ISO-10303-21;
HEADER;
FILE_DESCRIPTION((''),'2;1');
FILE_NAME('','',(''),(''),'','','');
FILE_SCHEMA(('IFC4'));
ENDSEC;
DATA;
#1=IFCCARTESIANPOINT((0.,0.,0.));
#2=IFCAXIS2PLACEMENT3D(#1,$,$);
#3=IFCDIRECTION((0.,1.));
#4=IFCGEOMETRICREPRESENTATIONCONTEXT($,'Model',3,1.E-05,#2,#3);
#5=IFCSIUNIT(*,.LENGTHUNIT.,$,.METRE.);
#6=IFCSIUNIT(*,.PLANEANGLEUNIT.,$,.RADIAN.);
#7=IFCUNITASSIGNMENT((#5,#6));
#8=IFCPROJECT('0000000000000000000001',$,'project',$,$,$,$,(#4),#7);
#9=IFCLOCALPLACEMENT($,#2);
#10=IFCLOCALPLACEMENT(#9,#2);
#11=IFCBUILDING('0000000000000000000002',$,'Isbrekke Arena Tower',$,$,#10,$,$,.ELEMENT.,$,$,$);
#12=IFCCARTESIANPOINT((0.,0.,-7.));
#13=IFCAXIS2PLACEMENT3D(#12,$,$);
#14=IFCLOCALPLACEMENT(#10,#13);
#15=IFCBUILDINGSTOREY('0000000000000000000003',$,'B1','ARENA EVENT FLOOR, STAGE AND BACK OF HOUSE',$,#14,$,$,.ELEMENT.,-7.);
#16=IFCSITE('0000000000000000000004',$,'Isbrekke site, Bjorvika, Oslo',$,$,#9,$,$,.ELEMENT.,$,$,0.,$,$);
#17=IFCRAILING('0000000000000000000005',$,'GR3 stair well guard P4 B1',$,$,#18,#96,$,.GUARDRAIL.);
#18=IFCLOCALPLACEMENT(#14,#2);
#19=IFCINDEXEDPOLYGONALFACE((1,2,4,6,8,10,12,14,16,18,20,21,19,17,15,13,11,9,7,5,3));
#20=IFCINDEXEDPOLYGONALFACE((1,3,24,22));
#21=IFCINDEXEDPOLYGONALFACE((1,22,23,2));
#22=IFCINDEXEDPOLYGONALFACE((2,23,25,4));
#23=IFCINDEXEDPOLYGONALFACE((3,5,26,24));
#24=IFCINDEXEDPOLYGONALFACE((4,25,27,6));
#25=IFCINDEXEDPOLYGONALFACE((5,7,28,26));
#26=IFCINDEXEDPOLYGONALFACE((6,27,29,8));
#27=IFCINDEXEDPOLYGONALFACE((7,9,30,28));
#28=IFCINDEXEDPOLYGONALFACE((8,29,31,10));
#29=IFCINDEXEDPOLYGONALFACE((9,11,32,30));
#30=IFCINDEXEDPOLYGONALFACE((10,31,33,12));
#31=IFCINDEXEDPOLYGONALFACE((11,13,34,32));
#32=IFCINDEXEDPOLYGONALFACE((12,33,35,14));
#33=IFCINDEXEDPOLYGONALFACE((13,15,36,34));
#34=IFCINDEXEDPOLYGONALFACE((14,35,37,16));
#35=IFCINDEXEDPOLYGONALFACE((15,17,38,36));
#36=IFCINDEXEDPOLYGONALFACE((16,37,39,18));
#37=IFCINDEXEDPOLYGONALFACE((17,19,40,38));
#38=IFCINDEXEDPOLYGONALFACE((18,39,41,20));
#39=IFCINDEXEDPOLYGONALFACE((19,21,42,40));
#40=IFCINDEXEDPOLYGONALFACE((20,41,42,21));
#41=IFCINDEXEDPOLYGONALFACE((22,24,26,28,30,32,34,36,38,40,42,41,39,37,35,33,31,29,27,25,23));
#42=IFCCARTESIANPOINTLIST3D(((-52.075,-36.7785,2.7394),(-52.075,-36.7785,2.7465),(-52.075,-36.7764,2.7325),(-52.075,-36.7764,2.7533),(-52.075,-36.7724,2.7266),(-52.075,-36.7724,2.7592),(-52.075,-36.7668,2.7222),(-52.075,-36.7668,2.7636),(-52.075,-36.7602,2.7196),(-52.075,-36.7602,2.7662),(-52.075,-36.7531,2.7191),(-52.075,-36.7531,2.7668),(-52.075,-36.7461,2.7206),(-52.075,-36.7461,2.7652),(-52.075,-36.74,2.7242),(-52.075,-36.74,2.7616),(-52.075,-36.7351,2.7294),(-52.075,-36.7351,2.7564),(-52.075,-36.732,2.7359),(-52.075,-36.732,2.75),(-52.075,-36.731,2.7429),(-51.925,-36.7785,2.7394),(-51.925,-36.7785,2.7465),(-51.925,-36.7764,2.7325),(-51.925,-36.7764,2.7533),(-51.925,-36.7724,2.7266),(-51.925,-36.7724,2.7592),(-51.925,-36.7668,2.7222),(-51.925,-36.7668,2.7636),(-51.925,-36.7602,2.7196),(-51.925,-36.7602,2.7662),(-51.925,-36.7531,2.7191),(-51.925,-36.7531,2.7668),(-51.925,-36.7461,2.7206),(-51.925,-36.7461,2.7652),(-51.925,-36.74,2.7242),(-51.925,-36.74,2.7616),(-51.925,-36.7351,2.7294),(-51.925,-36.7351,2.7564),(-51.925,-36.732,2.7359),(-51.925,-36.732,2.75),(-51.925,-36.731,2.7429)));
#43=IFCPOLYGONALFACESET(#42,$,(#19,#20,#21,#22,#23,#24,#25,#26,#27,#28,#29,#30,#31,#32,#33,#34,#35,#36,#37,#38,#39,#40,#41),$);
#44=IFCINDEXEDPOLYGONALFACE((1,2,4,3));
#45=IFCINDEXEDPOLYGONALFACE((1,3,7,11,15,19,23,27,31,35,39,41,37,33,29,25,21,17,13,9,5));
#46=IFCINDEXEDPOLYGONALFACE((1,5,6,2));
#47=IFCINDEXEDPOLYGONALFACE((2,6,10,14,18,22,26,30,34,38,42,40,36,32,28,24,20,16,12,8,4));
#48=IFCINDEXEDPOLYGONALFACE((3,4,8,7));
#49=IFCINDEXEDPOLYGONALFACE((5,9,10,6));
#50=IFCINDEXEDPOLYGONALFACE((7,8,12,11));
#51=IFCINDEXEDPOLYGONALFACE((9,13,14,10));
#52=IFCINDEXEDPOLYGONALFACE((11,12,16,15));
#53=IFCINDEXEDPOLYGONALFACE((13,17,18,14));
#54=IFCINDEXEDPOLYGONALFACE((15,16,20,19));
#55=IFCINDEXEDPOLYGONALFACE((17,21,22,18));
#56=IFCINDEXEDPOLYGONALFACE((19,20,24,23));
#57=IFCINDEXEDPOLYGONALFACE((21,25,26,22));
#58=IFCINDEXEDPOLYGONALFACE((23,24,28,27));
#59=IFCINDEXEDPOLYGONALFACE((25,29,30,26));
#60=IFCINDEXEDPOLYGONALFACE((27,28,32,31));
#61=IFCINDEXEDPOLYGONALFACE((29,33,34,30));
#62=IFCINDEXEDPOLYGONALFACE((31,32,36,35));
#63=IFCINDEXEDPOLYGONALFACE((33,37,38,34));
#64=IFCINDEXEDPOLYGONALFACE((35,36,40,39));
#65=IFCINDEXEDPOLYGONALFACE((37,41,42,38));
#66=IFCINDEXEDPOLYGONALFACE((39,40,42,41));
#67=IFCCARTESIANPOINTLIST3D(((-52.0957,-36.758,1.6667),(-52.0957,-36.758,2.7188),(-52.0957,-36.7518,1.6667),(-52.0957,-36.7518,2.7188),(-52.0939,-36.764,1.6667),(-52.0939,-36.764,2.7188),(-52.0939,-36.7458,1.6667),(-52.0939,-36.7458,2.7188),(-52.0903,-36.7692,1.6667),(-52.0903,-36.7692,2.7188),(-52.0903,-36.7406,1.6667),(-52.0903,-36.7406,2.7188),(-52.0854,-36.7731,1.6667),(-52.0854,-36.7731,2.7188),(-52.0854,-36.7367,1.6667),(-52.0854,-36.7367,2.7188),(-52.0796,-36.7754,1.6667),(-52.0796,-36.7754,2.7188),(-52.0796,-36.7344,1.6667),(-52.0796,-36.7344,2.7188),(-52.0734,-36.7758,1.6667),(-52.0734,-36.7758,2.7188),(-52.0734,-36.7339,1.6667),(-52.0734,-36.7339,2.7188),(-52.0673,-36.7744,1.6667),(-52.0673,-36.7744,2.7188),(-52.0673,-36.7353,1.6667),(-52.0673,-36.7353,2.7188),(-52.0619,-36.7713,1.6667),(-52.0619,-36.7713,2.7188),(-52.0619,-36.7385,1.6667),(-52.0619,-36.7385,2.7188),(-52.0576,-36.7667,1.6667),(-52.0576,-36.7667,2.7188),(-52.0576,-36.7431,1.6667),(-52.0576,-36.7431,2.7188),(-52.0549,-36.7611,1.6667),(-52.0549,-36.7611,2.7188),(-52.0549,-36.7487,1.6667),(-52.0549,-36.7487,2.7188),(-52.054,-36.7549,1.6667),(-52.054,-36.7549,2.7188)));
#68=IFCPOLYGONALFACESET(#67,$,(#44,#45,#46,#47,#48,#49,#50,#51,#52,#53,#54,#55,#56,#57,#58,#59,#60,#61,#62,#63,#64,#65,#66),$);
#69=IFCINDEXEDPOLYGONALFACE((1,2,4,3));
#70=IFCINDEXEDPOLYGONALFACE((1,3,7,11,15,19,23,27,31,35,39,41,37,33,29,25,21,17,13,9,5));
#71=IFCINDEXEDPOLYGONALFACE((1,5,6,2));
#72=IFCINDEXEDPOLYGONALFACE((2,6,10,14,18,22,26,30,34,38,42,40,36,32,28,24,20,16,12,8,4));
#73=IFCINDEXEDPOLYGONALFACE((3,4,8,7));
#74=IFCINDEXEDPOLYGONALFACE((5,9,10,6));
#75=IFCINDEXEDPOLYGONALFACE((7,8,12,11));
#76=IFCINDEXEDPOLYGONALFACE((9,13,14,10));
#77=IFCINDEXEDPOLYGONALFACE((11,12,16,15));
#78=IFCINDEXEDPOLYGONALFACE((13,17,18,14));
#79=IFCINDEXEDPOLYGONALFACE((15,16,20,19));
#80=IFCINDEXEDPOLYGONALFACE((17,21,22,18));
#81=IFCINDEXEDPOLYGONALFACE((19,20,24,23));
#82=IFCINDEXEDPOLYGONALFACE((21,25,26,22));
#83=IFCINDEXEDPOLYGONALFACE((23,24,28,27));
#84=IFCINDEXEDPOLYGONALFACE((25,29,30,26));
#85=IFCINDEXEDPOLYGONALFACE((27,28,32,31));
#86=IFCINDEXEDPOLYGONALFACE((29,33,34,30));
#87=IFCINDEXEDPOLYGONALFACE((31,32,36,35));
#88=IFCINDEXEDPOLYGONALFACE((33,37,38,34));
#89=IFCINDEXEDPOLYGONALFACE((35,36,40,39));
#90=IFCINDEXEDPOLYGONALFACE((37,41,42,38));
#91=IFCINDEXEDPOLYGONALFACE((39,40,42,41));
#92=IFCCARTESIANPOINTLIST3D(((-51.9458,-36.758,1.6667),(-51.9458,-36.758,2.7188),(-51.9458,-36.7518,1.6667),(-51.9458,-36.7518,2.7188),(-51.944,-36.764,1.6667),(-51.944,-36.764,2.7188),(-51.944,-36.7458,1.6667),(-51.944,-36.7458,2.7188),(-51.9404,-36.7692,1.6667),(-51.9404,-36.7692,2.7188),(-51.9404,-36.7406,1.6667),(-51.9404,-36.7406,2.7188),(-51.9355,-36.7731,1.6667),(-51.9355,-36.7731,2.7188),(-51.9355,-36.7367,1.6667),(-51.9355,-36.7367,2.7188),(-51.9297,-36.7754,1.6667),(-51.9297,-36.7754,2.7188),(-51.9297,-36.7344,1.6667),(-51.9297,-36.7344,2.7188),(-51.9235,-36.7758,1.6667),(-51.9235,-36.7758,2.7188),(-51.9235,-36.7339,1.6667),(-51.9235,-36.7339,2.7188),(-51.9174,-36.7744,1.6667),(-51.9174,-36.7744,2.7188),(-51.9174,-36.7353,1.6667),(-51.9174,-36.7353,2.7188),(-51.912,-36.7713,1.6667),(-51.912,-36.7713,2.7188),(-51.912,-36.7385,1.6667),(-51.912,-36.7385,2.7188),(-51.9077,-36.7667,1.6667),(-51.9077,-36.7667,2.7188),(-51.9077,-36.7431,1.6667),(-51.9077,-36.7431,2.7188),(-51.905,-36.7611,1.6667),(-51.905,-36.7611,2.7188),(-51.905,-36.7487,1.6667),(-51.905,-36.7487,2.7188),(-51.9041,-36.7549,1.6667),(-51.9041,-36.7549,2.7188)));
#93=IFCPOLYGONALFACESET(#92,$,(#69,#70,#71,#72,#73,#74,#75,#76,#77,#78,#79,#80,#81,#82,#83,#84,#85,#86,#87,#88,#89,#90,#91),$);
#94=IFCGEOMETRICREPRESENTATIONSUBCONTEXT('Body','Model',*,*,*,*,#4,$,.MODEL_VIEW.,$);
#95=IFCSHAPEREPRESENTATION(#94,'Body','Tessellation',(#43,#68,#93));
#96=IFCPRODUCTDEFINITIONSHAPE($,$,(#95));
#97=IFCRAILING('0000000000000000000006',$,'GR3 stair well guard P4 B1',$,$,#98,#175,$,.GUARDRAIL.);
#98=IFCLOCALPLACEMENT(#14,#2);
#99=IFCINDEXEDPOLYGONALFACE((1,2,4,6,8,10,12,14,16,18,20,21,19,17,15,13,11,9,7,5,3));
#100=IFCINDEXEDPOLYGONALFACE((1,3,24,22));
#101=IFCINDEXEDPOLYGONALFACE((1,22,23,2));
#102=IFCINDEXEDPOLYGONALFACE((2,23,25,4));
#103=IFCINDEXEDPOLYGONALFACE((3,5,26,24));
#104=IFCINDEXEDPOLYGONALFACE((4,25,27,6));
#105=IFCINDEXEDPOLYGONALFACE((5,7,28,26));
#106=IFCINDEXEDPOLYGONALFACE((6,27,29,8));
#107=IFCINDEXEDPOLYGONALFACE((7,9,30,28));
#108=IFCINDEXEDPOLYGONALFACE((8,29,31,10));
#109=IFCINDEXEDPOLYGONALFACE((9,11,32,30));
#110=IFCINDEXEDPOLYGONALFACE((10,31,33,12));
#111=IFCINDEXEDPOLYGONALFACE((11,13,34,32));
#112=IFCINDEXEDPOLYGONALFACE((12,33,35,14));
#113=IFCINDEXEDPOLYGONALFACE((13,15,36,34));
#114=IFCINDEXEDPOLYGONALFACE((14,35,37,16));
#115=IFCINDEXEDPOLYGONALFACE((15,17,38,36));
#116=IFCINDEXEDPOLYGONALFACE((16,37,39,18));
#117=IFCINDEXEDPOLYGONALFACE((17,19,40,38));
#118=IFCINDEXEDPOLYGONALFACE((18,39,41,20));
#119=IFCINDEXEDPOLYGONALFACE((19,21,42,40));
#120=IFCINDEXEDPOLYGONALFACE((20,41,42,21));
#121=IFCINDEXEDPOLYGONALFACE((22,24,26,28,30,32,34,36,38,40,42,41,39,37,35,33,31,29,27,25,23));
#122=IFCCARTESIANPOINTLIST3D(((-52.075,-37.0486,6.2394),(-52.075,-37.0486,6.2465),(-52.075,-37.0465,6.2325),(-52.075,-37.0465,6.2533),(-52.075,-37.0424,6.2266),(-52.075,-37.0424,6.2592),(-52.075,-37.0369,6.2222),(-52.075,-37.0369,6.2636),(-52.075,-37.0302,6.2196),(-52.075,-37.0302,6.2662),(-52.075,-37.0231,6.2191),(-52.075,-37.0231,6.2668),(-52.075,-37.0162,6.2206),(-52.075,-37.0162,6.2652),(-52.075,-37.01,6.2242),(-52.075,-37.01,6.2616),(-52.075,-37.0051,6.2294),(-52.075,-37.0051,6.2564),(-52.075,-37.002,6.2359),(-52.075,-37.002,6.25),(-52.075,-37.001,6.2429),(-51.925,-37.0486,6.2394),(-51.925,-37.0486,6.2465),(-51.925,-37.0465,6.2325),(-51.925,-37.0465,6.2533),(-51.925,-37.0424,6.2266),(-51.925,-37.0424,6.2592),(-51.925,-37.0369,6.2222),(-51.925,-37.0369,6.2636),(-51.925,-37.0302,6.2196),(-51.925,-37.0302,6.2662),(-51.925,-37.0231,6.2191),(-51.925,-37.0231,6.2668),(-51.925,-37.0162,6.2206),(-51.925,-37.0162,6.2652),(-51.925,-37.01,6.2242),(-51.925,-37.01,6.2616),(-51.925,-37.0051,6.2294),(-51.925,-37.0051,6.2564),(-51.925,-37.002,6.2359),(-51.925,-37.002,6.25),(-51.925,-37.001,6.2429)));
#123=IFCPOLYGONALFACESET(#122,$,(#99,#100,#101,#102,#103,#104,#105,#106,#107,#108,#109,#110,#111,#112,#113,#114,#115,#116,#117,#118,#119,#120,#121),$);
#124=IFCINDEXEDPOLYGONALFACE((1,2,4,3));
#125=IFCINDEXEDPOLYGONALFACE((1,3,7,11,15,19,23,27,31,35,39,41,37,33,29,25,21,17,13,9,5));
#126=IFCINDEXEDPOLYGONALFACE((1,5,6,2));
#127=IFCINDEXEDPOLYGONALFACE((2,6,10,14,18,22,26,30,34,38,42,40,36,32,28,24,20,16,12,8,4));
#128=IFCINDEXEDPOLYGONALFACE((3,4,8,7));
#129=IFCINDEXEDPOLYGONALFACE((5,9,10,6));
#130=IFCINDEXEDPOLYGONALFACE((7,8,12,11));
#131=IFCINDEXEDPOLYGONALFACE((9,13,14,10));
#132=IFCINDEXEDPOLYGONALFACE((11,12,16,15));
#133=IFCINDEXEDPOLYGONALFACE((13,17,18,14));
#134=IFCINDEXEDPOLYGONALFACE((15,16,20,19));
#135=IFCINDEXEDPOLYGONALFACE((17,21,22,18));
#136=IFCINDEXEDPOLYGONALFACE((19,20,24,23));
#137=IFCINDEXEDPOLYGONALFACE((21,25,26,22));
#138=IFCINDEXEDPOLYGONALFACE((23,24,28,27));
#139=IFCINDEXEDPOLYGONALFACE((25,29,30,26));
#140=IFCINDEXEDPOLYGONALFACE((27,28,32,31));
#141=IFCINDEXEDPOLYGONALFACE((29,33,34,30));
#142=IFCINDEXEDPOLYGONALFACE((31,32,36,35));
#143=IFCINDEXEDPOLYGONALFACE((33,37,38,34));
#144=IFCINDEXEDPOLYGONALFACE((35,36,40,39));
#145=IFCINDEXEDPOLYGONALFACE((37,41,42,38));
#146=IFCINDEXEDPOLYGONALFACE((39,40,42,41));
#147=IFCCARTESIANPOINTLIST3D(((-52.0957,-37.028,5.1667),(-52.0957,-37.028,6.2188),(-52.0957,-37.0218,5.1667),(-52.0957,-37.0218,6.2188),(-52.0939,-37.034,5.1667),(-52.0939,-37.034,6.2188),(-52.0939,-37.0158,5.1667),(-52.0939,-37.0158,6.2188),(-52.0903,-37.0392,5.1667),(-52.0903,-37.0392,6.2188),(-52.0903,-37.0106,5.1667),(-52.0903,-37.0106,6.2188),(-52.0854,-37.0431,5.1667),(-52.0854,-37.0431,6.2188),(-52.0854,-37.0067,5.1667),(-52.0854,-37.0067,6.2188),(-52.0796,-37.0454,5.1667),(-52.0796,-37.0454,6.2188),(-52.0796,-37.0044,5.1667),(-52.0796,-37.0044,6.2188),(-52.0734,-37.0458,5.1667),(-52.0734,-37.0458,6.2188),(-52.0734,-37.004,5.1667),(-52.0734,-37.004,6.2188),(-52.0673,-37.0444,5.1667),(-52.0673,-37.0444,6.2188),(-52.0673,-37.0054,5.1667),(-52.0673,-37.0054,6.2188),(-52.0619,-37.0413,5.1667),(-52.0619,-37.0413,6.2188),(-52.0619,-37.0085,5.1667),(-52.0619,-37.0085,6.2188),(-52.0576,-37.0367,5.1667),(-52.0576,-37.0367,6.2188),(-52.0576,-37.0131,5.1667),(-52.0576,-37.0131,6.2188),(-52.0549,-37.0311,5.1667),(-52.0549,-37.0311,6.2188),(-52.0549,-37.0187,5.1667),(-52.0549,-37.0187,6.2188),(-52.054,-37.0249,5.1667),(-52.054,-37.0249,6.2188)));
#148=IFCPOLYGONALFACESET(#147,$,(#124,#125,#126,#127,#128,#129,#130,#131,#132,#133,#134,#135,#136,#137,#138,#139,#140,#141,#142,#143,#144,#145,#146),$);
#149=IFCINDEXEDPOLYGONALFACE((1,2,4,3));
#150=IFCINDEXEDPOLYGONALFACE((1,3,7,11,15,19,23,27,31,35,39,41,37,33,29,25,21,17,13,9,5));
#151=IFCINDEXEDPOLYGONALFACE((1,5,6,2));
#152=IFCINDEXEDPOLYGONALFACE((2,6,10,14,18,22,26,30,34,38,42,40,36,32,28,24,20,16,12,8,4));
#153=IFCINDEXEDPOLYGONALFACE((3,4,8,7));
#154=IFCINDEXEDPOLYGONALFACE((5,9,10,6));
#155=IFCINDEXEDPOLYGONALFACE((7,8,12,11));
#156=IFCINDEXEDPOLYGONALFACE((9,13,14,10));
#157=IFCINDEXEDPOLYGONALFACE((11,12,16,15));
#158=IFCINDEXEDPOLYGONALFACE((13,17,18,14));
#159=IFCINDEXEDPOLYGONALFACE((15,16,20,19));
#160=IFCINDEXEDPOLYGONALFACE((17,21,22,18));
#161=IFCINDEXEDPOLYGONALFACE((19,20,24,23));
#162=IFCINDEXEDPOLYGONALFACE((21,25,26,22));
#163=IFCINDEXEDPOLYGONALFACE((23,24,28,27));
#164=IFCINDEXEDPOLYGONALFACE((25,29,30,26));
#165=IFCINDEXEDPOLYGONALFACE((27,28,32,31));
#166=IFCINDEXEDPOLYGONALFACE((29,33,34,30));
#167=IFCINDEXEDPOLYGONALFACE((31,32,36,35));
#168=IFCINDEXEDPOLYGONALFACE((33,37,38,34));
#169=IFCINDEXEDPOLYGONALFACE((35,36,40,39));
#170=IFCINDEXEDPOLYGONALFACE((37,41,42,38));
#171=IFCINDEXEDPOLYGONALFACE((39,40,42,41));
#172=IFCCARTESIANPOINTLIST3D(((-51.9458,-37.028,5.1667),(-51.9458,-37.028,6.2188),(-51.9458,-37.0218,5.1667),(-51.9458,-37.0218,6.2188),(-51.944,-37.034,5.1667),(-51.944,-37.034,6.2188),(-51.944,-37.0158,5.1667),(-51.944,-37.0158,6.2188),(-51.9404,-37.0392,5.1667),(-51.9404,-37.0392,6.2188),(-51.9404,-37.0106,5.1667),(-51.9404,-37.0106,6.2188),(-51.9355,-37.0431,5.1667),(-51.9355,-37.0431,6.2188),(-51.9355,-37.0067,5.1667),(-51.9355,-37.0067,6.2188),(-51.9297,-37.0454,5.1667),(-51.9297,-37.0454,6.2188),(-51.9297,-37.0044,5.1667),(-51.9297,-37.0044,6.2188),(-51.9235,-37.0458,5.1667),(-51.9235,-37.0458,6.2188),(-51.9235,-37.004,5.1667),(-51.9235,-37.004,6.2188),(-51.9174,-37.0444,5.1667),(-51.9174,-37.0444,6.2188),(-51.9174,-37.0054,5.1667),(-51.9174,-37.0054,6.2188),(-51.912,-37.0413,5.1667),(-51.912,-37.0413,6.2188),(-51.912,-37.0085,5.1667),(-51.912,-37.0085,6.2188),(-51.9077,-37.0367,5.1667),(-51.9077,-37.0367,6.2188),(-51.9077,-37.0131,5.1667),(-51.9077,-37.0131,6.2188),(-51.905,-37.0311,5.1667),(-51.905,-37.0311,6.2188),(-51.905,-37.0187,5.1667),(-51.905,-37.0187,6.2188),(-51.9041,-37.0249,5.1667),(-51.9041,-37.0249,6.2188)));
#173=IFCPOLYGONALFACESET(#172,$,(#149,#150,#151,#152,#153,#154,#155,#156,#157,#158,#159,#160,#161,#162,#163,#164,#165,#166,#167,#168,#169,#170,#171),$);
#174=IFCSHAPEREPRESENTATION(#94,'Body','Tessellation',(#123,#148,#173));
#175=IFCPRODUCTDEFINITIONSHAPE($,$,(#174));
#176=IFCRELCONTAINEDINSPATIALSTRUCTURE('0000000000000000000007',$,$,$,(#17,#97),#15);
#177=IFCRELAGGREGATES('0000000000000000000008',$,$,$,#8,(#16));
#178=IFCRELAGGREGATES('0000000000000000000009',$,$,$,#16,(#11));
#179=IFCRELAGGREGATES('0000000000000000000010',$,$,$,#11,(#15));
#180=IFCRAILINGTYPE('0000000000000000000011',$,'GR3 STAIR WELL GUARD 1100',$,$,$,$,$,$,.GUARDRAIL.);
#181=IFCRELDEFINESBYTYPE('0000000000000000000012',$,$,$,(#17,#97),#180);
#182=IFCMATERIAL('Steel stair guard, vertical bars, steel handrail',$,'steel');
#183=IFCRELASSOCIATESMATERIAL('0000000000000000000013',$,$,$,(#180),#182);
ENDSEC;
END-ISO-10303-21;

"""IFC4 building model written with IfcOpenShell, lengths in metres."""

from ifc_helpers import new_model, si_unit, direction, frame, origin, origin_2d, place, context, subcontext, project, spatial, circle, extrude, material, type_object, element, save


model = new_model("IFC4")

# Units and contexts
model_context = context("Model", 3, precision=1e-05, world=origin(), true_north=direction((0.0, 1.0)))
body_context = subcontext(model_context, "Body", "Model", "MODEL_VIEW")
ifc_project = project(units=[si_unit("LENGTHUNIT", "METRE"), si_unit("PLANEANGLEUNIT", "RADIAN")], contexts=[model_context])

# Site, building, storey
site_placement = place(None, origin())
site = spatial("IfcSite", under=ifc_project, at=site_placement, Name="Isbrekke site, Bjorvika, Oslo", CompositionType="ELEMENT", RefElevation=0.0)
building_placement = place(site_placement, origin())
building = spatial("IfcBuilding", under=site, at=building_placement, Name="Isbrekke Arena Tower", CompositionType="ELEMENT")
storey_placement = place(building_placement, frame((0.0, 0.0, -7.0)))
storey = spatial("IfcBuildingStorey", under=building, at=storey_placement, Name="B1", Description="ARENA EVENT FLOOR, STAGE AND BACK OF HOUSE", CompositionType="ELEMENT", Elevation=-7.0)

# Railings
ifc_material_1 = material(Name="Steel stair guard, vertical bars, steel handrail", Category="steel")
railing_type = type_object("IfcRailingType", Name="GR3 STAIR WELL GUARD 1100", PredefinedType="GUARDRAIL", material=ifc_material_1)
for number, where, name in (
    (1, (-52.075, -36.7549, 1.6667), "GR3 stair well guard P4 B1"),
    (2, (-52.075, -37.0249, 5.1667), "GR3 stair well guard P4 B1"),
):
    element("IfcRailing", number, at=place(storey_placement, frame(where)), inside=storey, type_object=railing_type, Name=name, PredefinedType="GUARDRAIL", context=body_context, shape_type="SweptSolid", body=[
        extrude(circle(Radius=0.0239, at=origin_2d()), frame((0.0, 0.0, 1.0762), z_axis=(1.0, 0.0, 0.0), x_axis=(0.0, 1.0, 0.0)), (0.0, 0.0, 1.0), 0.1499),
        extrude(circle(Radius=0.021, at=origin_2d()), origin(), (0.0, 0.0, 1.0), 1.052),
        extrude(circle(Radius=0.021, at=origin_2d()), frame((0.1499, 0.0, 0.0)), (0.0, 0.0, 1.0), 1.052),
    ])

save(model, "model.ifc")
